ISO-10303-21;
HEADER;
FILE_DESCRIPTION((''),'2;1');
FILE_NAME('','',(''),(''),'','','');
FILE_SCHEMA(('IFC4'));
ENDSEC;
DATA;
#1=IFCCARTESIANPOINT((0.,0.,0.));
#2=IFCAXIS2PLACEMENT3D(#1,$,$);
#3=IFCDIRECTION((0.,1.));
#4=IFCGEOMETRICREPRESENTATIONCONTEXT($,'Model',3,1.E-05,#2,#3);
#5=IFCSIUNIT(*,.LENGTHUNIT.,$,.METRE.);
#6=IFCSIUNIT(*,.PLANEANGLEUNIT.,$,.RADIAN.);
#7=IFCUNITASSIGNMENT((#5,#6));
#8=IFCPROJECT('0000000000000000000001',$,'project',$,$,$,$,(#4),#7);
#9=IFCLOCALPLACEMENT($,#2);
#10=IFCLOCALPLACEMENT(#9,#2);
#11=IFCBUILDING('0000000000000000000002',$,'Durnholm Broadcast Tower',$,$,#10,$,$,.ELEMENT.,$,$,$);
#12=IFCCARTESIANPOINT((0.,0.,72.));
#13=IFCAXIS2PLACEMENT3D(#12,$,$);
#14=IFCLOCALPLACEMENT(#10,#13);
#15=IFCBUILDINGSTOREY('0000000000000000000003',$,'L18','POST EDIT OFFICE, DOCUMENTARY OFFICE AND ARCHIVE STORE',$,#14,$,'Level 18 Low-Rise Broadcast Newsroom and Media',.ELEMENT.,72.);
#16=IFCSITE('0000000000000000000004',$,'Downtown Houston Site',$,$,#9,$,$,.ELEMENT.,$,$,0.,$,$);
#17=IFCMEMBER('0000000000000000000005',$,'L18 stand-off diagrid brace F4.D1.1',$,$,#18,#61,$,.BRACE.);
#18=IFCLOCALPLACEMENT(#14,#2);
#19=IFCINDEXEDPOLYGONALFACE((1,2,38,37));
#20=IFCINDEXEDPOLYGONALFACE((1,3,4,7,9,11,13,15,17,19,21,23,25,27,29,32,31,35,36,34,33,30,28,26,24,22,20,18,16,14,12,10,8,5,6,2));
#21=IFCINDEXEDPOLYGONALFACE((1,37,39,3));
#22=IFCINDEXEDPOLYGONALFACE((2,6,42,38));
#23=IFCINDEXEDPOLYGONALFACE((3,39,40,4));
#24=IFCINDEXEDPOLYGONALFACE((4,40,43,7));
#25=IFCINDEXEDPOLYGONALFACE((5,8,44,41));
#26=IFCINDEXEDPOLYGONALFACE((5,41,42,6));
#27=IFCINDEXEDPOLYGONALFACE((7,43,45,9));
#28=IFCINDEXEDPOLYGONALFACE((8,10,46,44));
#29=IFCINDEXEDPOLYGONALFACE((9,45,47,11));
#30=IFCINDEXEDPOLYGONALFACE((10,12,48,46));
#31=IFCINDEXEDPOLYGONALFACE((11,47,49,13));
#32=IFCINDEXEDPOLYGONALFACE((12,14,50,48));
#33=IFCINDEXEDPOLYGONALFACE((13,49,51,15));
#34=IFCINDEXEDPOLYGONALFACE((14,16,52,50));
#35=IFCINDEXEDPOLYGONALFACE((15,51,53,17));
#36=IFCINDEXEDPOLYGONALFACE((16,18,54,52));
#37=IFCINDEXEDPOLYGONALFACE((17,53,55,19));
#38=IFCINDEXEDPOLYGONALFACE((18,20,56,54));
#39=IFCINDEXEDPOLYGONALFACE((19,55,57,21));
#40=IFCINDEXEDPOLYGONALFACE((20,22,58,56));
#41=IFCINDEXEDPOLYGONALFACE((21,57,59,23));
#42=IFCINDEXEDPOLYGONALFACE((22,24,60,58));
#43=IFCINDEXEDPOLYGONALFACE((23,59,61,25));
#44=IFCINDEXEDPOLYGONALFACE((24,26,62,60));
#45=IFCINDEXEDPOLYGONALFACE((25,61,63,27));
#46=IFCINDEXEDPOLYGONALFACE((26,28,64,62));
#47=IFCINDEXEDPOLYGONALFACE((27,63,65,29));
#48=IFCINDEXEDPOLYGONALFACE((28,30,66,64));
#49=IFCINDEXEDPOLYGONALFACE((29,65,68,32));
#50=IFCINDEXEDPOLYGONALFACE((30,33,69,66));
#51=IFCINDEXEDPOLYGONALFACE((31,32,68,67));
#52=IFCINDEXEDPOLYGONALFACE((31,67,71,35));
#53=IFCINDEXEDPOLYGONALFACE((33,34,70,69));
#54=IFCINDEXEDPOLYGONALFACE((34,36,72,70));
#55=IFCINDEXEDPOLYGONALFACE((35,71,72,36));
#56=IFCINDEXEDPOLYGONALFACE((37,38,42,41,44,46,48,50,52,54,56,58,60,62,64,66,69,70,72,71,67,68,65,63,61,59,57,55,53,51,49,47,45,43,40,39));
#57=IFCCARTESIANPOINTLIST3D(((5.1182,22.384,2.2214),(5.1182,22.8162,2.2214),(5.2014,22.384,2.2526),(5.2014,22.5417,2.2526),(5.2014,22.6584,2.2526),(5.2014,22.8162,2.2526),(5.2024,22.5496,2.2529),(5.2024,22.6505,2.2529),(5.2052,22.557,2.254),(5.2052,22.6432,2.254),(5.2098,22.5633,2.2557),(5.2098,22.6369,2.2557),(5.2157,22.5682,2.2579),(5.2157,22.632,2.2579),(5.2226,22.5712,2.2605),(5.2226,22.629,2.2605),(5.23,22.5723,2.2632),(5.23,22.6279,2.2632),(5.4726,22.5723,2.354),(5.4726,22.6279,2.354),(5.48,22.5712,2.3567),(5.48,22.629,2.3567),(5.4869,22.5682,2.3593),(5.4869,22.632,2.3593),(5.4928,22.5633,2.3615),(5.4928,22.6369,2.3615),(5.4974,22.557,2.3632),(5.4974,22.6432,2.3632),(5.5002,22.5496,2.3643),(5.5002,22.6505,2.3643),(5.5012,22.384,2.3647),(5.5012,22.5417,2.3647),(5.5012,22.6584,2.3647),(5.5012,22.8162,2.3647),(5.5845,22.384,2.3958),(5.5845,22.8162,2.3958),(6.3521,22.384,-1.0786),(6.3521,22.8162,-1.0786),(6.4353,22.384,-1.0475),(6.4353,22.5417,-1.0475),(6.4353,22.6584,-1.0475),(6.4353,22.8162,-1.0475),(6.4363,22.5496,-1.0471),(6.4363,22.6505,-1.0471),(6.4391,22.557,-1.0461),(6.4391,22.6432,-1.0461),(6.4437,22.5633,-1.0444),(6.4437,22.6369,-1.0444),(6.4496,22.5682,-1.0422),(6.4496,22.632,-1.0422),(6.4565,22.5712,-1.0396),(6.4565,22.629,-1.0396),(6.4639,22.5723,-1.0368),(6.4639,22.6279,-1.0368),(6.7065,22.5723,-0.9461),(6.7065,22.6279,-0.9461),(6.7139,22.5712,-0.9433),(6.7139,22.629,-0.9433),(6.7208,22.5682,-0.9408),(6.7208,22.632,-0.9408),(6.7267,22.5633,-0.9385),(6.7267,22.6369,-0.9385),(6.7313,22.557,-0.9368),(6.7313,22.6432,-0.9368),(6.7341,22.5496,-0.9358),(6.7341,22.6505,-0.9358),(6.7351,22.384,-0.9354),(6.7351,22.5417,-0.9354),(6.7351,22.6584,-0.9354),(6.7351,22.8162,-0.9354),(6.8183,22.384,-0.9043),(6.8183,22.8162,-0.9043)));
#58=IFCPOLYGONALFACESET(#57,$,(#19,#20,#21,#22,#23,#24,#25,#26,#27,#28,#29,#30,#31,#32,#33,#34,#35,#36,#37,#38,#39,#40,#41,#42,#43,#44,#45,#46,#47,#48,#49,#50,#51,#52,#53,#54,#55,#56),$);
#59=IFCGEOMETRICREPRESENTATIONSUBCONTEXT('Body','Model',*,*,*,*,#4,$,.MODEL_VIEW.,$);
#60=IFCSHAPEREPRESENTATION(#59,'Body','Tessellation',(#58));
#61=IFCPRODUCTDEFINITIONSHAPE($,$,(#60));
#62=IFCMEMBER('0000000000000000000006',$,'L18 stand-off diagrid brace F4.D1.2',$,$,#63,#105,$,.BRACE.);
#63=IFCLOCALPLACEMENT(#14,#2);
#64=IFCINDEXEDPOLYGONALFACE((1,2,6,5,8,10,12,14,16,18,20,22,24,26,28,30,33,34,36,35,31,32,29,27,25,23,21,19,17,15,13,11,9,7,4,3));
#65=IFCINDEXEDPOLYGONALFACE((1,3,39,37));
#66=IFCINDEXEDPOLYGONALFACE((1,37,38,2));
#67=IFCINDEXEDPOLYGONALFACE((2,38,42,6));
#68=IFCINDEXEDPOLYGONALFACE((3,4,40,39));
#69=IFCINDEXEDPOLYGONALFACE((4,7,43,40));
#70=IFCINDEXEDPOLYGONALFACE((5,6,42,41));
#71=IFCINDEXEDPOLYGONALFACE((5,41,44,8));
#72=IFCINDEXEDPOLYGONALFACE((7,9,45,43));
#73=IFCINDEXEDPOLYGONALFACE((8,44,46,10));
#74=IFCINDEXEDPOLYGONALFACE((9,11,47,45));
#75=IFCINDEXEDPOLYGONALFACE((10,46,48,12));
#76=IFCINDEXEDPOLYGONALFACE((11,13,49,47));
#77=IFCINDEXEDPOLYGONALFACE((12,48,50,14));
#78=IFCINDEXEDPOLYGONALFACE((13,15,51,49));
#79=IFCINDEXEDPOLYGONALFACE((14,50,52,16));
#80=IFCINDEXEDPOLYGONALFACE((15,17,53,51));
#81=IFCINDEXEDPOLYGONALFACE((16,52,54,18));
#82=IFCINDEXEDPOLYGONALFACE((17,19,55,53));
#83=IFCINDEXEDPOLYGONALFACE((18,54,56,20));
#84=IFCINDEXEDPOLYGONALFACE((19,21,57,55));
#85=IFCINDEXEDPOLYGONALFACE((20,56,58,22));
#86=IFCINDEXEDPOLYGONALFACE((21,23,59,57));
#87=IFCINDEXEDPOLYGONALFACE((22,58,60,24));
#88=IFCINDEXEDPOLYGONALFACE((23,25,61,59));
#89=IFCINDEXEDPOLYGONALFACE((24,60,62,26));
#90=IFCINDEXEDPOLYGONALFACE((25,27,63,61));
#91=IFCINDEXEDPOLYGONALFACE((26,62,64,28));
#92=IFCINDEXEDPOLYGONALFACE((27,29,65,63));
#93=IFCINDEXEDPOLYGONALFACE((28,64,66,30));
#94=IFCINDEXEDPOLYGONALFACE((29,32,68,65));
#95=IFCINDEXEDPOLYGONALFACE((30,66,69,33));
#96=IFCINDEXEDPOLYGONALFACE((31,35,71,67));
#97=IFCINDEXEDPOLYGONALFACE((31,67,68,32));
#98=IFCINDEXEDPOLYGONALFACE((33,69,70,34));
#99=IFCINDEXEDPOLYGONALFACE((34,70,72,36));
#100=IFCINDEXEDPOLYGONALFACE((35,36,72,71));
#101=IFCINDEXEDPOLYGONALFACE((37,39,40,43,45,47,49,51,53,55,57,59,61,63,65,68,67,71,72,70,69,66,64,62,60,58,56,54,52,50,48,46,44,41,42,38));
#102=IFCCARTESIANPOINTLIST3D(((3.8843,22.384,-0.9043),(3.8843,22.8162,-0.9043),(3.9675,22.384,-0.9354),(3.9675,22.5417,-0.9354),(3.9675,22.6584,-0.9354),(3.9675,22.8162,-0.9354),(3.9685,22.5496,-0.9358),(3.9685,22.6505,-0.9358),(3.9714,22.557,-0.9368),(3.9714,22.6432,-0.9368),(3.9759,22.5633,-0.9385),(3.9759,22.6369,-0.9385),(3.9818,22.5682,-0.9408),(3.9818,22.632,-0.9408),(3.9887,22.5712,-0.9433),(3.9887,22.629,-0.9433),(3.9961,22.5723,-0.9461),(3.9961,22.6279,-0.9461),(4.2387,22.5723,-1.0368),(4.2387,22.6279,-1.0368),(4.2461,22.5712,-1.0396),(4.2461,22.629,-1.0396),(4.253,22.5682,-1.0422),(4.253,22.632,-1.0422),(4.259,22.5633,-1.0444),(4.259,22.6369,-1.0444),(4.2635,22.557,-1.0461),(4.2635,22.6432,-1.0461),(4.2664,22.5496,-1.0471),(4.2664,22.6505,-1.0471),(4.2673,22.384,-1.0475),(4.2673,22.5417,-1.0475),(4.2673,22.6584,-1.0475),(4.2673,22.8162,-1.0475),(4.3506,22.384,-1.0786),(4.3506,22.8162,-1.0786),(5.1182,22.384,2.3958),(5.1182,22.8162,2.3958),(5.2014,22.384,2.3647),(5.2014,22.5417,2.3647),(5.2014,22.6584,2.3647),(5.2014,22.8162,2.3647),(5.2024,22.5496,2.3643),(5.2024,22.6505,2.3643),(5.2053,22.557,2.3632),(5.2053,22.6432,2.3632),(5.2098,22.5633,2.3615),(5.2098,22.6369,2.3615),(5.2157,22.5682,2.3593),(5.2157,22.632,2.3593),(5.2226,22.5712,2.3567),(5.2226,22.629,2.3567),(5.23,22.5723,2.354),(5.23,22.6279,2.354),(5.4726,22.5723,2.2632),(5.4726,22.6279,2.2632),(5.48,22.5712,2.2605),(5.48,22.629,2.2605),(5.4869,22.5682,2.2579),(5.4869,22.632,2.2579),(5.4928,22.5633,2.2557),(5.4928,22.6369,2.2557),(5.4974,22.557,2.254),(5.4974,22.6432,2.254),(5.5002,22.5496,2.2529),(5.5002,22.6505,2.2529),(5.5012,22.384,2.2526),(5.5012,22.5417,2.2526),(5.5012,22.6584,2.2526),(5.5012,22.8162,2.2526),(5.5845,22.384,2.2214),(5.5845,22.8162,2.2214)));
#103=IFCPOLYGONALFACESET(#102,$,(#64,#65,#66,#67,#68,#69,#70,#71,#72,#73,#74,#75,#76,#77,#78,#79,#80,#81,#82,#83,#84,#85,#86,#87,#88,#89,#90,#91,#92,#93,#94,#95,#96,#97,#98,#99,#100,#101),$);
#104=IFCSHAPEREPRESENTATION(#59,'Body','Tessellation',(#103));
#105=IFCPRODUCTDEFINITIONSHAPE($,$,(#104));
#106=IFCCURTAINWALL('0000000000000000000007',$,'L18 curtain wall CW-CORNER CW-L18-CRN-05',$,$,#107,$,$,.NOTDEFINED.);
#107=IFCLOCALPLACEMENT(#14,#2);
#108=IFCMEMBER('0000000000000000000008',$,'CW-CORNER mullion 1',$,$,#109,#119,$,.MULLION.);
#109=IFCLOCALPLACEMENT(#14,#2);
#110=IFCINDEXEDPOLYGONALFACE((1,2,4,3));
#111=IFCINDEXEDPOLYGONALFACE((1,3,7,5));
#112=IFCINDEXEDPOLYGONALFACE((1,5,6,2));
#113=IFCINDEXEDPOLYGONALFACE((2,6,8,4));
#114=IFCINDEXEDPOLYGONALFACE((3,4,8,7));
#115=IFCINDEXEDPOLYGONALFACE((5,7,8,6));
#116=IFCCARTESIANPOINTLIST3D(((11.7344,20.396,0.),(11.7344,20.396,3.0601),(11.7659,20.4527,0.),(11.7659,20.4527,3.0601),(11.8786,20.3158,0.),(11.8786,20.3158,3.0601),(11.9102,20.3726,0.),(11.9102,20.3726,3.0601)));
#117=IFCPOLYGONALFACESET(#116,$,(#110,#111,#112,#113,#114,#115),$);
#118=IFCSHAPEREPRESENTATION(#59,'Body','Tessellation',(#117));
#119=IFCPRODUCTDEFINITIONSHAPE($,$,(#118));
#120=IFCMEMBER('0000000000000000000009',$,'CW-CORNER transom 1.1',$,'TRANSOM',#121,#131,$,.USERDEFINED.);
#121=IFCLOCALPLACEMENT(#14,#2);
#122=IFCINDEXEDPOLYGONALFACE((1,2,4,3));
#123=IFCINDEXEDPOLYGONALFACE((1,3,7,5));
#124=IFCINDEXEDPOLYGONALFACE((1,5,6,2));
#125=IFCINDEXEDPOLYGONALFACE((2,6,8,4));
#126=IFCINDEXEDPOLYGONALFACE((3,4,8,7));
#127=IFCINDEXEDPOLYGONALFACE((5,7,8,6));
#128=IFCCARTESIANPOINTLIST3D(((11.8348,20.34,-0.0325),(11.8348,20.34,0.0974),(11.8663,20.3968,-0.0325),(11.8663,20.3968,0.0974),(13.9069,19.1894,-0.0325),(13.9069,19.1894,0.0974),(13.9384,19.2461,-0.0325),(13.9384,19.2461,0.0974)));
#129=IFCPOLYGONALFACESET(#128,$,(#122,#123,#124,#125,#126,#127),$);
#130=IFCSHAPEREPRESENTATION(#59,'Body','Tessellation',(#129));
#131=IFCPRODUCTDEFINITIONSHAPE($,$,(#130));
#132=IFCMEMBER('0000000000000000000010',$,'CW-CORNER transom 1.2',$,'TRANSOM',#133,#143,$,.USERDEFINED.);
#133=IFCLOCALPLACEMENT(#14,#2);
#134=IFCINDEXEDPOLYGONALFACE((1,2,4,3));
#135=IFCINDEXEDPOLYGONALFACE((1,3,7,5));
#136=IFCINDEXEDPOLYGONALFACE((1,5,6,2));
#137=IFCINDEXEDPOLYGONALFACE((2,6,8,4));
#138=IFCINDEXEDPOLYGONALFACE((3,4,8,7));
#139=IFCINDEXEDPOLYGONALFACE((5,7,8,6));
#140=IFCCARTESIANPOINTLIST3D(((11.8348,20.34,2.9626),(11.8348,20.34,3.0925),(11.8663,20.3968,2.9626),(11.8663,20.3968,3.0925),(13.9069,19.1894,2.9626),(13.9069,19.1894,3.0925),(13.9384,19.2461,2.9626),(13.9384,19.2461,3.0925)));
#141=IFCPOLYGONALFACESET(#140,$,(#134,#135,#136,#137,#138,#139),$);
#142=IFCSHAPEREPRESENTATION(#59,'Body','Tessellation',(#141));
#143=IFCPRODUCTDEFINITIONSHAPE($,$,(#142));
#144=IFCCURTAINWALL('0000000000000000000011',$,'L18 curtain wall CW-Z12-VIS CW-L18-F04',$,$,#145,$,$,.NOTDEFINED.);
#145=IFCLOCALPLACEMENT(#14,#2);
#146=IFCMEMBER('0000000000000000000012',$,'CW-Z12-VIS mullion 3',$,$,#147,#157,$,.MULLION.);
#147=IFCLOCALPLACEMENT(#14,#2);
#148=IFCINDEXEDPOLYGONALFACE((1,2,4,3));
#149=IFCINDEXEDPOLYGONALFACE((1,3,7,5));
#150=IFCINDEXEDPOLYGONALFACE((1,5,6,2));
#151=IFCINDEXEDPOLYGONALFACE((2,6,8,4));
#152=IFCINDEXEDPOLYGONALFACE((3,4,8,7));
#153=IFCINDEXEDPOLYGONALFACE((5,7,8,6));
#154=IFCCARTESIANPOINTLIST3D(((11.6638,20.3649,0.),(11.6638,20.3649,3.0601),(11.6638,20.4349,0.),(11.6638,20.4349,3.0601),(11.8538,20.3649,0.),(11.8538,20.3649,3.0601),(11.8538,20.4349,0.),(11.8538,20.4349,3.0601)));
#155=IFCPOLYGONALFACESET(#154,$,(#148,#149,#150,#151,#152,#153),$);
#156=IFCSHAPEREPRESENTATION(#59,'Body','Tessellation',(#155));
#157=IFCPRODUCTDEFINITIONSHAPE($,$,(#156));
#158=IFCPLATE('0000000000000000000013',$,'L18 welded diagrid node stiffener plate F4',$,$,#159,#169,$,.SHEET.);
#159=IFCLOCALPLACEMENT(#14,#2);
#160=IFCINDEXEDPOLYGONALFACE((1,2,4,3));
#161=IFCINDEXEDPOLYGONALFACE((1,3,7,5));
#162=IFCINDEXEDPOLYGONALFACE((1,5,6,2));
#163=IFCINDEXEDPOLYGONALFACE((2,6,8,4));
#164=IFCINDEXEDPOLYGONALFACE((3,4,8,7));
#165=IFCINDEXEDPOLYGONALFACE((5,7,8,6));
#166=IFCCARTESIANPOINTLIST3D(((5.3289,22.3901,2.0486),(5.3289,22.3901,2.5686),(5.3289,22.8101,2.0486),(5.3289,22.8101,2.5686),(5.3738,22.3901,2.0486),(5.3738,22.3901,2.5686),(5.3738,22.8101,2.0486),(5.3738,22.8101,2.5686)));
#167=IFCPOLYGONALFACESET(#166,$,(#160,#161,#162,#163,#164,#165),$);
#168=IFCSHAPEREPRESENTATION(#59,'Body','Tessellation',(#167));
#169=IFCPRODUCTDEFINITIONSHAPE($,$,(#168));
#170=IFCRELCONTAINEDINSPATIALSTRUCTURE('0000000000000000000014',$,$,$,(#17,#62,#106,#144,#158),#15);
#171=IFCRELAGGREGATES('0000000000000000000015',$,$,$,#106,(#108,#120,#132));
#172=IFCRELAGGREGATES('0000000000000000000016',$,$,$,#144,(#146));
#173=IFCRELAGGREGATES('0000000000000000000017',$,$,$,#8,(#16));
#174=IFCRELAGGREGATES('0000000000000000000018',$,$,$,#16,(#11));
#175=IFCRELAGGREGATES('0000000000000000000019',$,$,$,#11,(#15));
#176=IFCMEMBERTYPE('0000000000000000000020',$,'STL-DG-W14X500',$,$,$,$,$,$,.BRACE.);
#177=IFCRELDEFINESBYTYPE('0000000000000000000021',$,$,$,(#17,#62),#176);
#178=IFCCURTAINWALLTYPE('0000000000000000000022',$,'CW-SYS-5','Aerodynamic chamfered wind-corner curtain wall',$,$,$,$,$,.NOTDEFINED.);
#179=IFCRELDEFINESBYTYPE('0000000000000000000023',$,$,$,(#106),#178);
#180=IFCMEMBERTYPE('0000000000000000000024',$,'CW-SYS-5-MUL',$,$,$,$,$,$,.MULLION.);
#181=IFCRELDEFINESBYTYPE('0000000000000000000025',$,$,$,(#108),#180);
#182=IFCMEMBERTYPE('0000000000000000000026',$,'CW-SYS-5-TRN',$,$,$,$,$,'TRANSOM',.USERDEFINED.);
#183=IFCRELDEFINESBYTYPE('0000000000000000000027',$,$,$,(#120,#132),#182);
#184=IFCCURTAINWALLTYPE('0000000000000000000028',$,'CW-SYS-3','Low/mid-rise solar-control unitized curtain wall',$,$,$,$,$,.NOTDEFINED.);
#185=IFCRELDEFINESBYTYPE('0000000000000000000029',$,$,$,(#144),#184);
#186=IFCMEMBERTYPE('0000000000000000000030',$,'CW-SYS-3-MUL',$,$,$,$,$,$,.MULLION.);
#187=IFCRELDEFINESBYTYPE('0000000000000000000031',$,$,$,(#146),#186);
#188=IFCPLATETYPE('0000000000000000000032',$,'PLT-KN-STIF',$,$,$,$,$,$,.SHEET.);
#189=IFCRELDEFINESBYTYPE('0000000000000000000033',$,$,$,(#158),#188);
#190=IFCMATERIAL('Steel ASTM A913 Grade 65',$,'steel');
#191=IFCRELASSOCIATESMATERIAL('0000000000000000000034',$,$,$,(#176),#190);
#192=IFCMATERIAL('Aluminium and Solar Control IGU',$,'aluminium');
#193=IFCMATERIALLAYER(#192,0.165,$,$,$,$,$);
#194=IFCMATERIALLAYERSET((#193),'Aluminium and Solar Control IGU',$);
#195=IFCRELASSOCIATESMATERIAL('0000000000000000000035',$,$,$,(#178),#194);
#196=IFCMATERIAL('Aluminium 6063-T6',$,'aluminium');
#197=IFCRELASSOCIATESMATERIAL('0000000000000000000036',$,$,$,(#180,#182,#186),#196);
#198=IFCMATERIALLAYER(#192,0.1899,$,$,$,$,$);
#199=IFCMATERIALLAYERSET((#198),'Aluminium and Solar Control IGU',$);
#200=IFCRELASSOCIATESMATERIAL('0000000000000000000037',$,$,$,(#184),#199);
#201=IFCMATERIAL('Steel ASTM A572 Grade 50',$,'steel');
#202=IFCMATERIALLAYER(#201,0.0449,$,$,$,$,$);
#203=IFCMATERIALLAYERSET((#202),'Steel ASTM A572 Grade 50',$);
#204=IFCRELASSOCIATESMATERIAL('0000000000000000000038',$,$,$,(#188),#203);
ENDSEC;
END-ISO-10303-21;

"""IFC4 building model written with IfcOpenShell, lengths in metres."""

from ifc_helpers import new_model, si_unit, direction, frame, origin, origin_2d, place, context, subcontext, project, spatial, rectangle, i_section, extrude, source, transform, mapped, material, layer, layer_set, material_profile, profile_set, type_object, type_shapes, element, aggregate, save


model = new_model("IFC4")

# Units and contexts
model_context = context("Model", 3, precision=1e-05, world=origin(), true_north=direction((0.0, 1.0)))
body_context = subcontext(model_context, "Body", "Model", "MODEL_VIEW")
ifc_project = project(units=[si_unit("LENGTHUNIT", "METRE"), si_unit("PLANEANGLEUNIT", "RADIAN")], contexts=[model_context])

# Site, building, storey
site_placement = place(None, origin())
site = spatial("IfcSite", under=ifc_project, at=site_placement, Name="Downtown Houston Site", CompositionType="ELEMENT", RefElevation=0.0)
building_placement = place(site_placement, origin())
building = spatial("IfcBuilding", under=site, at=building_placement, Name="Durnholm Broadcast Tower", CompositionType="ELEMENT")
storey_placement = place(building_placement, frame((0.0, 0.0, 72.0)))
storey = spatial("IfcBuildingStorey", under=building, at=storey_placement, Name="L18", Description="POST EDIT OFFICE, DOCUMENTARY OFFICE AND ARCHIVE STORE", LongName="Level 18 Low-Rise Broadcast Newsroom and Media", CompositionType="ELEMENT", Elevation=72.0)

# Members
ifc_material_1 = material(Name="Steel ASTM A913 Grade 65", Category="steel")
ifc_material_profile_1 = material_profile(ifc_material_1, i_section(OverallWidth=0.4321, OverallDepth=0.4978, WebThickness=0.0557, FlangeThickness=0.0889, FilletRadius=0.0305, at=origin_2d()), Name="W14X500")
ifc_profile_set_1 = profile_set([ifc_material_profile_1], Name="Steel ASTM A913 Grade 65")
member_type_1 = type_object("IfcMemberType", Name="STL-DG-W14X500", PredefinedType="BRACE", material=ifc_profile_set_1)
shared_shape_1 = source(origin(), body_context, "Body", "SweptSolid", [
    extrude(i_section(OverallWidth=0.4321, OverallDepth=0.4978, WebThickness=0.0557, FlangeThickness=0.0889, FilletRadius=0.0305, at=origin_2d()), origin(), (0.0, 0.0, 1.0), 3.5232),
])
type_shapes(member_type_1, [shared_shape_1])
for number, where, z_axis, x_axis, name in (
    (1, (6.5852, 22.6001, -0.9915), (-0.35022, 0.0, 0.936668), (0.0, -1.0, 0.0), "L18 stand-off diagrid brace F4.D1.1"),
    (2, (4.1174, 22.6001, -0.9915), (0.35022, 0.0, 0.936668), (0.0, 1.0, 0.0), "L18 stand-off diagrid brace F4.D1.2"),
):
    element("IfcMember", number, at=place(storey_placement, frame(where, z_axis=z_axis, x_axis=x_axis)), inside=storey, type_object=member_type_1, Name=name, PredefinedType="BRACE", context=body_context, shape_type="MappedRepresentation", body=[
        mapped(shared_shape_1, transform((0.0, 0.0, 0.0), x_axis=(1.0, 0.0, 0.0), y_axis=(0.0, 1.0, 0.0), z_axis=(0.0, 0.0, 1.0), scale=1.0)),
    ])

# Curtain wall, members
ifc_material_2 = material(Name="Aluminium and Solar Control IGU", Category="aluminium")
ifc_layer_1 = layer(ifc_material_2, 0.165)
ifc_layer_set_1 = layer_set([ifc_layer_1], Name="Aluminium and Solar Control IGU")
curtain_wall_type_1 = type_object("IfcCurtainWallType", Name="CW-SYS-5", Description="Aerodynamic chamfered wind-corner curtain wall", PredefinedType="NOTDEFINED", material=ifc_layer_set_1)
curtain_wall_1_placement = place(storey_placement, origin())
curtain_wall_1 = element("IfcCurtainWall", 3, at=curtain_wall_1_placement, inside=storey, type_object=curtain_wall_type_1, Name="L18 curtain wall CW-CORNER CW-L18-CRN-05", PredefinedType="NOTDEFINED")
ifc_material_3 = material(Name="Aluminium 6063-T6", Category="aluminium")
ifc_material_profile_2 = material_profile(ifc_material_3, rectangle(XDim=0.0649, YDim=0.165, at=origin_2d()), Name="CWM65X165")
ifc_profile_set_2 = profile_set([ifc_material_profile_2], Name="Aluminium 6063-T6")
member_type_2 = type_object("IfcMemberType", Name="CW-SYS-5-MUL", PredefinedType="MULLION", material=ifc_profile_set_2)
shared_shape_2 = source(origin(), body_context, "Body", "SweptSolid", [
    extrude(rectangle(XDim=0.0649, YDim=0.165, at=origin_2d()), origin(), (0.0, 0.0, 1.0), 3.0601),
])
type_shapes(member_type_2, [shared_shape_2])
member_1_placement = place(storey_placement, frame((11.8223, 20.3843, 0.0), z_axis=(0.0, 0.0, 1.0), x_axis=(0.485483, 0.874246, 0.0)))
member_1 = element("IfcMember", 4, at=member_1_placement, type_object=member_type_2, Name="CW-CORNER mullion 1", PredefinedType="MULLION", context=body_context, shape_type="MappedRepresentation", body=[
    mapped(shared_shape_2, transform((0.0, 0.0, 0.0), x_axis=(1.0, 0.0, 0.0), y_axis=(0.0, 1.0, 0.0), z_axis=(0.0, 0.0, 1.0), scale=1.0)),
])
ifc_material_profile_3 = material_profile(ifc_material_3, rectangle(XDim=0.0649, YDim=0.1299, at=origin_2d()), Name="CWT65X130")
ifc_profile_set_3 = profile_set([ifc_material_profile_3], Name="Aluminium 6063-T6")
member_type_3 = type_object("IfcMemberType", Name="CW-SYS-5-TRN", ElementType="TRANSOM", PredefinedType="USERDEFINED", material=ifc_profile_set_3)
shared_shape_3 = source(origin(), body_context, "Body", "SweptSolid", [
    extrude(rectangle(XDim=0.0649, YDim=0.1299, at=origin_2d()), origin(), (0.0, 0.0, 1.0), 2.3701),
])
type_shapes(member_type_3, [shared_shape_3])
member_2_placement = place(storey_placement, frame((11.8506, 20.3684, 0.0325), z_axis=(0.874245, -0.485485, 0.0), x_axis=(0.485485, 0.874245, 0.0)))
member_2 = element("IfcMember", 5, at=member_2_placement, type_object=member_type_3, Name="CW-CORNER transom 1.1", ObjectType="TRANSOM", PredefinedType="USERDEFINED", context=body_context, shape_type="MappedRepresentation", body=[
    mapped(shared_shape_3, transform((0.0, 0.0, 0.0), x_axis=(1.0, 0.0, 0.0), y_axis=(0.0, 1.0, 0.0), z_axis=(0.0, 0.0, 1.0), scale=1.0)),
])
member_3_placement = place(storey_placement, frame((11.8506, 20.3684, 3.0276), z_axis=(0.874245, -0.485485, 0.0), x_axis=(0.485485, 0.874245, 0.0)))
member_3 = element("IfcMember", 6, at=member_3_placement, type_object=member_type_3, Name="CW-CORNER transom 1.2", ObjectType="TRANSOM", PredefinedType="USERDEFINED", context=body_context, shape_type="MappedRepresentation", body=[
    mapped(shared_shape_3, transform((0.0, 0.0, 0.0), x_axis=(1.0, 0.0, 0.0), y_axis=(0.0, 1.0, 0.0), z_axis=(0.0, 0.0, 1.0), scale=1.0)),
])
aggregate(curtain_wall_1, [member_1, member_2, member_3])

# Curtain wall, member
ifc_layer_2 = layer(ifc_material_2, 0.1899)
ifc_layer_set_2 = layer_set([ifc_layer_2], Name="Aluminium and Solar Control IGU")
curtain_wall_type_2 = type_object("IfcCurtainWallType", Name="CW-SYS-3", Description="Low/mid-rise solar-control unitized curtain wall", PredefinedType="NOTDEFINED", material=ifc_layer_set_2)
curtain_wall_2_placement = place(storey_placement, origin())
curtain_wall_2 = element("IfcCurtainWall", 7, at=curtain_wall_2_placement, inside=storey, type_object=curtain_wall_type_2, Name="L18 curtain wall CW-Z12-VIS CW-L18-F04", PredefinedType="NOTDEFINED")
ifc_material_profile_4 = material_profile(ifc_material_3, rectangle(XDim=0.0701, YDim=0.1899, at=origin_2d()), Name="CWM70X190")
ifc_profile_set_4 = profile_set([ifc_material_profile_4], Name="Aluminium 6063-T6")
member_type_4 = type_object("IfcMemberType", Name="CW-SYS-3-MUL", PredefinedType="MULLION", material=ifc_profile_set_4)
shared_shape_4 = source(origin(), body_context, "Body", "SweptSolid", [
    extrude(rectangle(XDim=0.0701, YDim=0.1899, at=origin_2d()), origin(), (0.0, 0.0, 1.0), 3.0601),
])
type_shapes(member_type_4, [shared_shape_4])
member_4_placement = place(storey_placement, frame((11.7588, 20.3999, 0.0), z_axis=(0.0, 0.0, 1.0), x_axis=(0.0, 1.0, 0.0)))
member_4 = element("IfcMember", 8, at=member_4_placement, type_object=member_type_4, Name="CW-Z12-VIS mullion 3", PredefinedType="MULLION", context=body_context, shape_type="MappedRepresentation", body=[
    mapped(shared_shape_4, transform((0.0, 0.0, 0.0), x_axis=(1.0, 0.0, 0.0), y_axis=(0.0, 1.0, 0.0), z_axis=(0.0, 0.0, 1.0), scale=1.0)),
])

# Plate
ifc_material_4 = material(Name="Steel ASTM A572 Grade 50", Category="steel")
ifc_layer_3 = layer(ifc_material_4, 0.0449)
ifc_layer_set_3 = layer_set([ifc_layer_3], Name="Steel ASTM A572 Grade 50")
plate_type_1 = type_object("IfcPlateType", Name="PLT-KN-STIF", PredefinedType="SHEET", material=ifc_layer_set_3)
shared_shape_5 = source(origin(), body_context, "Body", "SweptSolid", [
    extrude(rectangle(XDim=0.0449, YDim=0.4199, at=origin_2d()), origin(), (0.0, 0.0, 1.0), 0.52),
])
type_shapes(plate_type_1, [shared_shape_5])
plate_1_placement = place(storey_placement, frame((5.3513, 22.6001, 2.0486), z_axis=(0.0, 0.0, 1.0), x_axis=(-1.0, 0.0, 0.0)))
element("IfcPlate", 9, at=plate_1_placement, inside=storey, type_object=plate_type_1, Name="L18 welded diagrid node stiffener plate F4", PredefinedType="SHEET", context=body_context, shape_type="MappedRepresentation", body=[
    mapped(shared_shape_5, transform((0.0, 0.0, 0.0), x_axis=(1.0, 0.0, 0.0), y_axis=(0.0, 1.0, 0.0), z_axis=(0.0, 0.0, 1.0), scale=1.0)),
])

aggregate(curtain_wall_2, [member_4])

save(model, "model.ifc")
